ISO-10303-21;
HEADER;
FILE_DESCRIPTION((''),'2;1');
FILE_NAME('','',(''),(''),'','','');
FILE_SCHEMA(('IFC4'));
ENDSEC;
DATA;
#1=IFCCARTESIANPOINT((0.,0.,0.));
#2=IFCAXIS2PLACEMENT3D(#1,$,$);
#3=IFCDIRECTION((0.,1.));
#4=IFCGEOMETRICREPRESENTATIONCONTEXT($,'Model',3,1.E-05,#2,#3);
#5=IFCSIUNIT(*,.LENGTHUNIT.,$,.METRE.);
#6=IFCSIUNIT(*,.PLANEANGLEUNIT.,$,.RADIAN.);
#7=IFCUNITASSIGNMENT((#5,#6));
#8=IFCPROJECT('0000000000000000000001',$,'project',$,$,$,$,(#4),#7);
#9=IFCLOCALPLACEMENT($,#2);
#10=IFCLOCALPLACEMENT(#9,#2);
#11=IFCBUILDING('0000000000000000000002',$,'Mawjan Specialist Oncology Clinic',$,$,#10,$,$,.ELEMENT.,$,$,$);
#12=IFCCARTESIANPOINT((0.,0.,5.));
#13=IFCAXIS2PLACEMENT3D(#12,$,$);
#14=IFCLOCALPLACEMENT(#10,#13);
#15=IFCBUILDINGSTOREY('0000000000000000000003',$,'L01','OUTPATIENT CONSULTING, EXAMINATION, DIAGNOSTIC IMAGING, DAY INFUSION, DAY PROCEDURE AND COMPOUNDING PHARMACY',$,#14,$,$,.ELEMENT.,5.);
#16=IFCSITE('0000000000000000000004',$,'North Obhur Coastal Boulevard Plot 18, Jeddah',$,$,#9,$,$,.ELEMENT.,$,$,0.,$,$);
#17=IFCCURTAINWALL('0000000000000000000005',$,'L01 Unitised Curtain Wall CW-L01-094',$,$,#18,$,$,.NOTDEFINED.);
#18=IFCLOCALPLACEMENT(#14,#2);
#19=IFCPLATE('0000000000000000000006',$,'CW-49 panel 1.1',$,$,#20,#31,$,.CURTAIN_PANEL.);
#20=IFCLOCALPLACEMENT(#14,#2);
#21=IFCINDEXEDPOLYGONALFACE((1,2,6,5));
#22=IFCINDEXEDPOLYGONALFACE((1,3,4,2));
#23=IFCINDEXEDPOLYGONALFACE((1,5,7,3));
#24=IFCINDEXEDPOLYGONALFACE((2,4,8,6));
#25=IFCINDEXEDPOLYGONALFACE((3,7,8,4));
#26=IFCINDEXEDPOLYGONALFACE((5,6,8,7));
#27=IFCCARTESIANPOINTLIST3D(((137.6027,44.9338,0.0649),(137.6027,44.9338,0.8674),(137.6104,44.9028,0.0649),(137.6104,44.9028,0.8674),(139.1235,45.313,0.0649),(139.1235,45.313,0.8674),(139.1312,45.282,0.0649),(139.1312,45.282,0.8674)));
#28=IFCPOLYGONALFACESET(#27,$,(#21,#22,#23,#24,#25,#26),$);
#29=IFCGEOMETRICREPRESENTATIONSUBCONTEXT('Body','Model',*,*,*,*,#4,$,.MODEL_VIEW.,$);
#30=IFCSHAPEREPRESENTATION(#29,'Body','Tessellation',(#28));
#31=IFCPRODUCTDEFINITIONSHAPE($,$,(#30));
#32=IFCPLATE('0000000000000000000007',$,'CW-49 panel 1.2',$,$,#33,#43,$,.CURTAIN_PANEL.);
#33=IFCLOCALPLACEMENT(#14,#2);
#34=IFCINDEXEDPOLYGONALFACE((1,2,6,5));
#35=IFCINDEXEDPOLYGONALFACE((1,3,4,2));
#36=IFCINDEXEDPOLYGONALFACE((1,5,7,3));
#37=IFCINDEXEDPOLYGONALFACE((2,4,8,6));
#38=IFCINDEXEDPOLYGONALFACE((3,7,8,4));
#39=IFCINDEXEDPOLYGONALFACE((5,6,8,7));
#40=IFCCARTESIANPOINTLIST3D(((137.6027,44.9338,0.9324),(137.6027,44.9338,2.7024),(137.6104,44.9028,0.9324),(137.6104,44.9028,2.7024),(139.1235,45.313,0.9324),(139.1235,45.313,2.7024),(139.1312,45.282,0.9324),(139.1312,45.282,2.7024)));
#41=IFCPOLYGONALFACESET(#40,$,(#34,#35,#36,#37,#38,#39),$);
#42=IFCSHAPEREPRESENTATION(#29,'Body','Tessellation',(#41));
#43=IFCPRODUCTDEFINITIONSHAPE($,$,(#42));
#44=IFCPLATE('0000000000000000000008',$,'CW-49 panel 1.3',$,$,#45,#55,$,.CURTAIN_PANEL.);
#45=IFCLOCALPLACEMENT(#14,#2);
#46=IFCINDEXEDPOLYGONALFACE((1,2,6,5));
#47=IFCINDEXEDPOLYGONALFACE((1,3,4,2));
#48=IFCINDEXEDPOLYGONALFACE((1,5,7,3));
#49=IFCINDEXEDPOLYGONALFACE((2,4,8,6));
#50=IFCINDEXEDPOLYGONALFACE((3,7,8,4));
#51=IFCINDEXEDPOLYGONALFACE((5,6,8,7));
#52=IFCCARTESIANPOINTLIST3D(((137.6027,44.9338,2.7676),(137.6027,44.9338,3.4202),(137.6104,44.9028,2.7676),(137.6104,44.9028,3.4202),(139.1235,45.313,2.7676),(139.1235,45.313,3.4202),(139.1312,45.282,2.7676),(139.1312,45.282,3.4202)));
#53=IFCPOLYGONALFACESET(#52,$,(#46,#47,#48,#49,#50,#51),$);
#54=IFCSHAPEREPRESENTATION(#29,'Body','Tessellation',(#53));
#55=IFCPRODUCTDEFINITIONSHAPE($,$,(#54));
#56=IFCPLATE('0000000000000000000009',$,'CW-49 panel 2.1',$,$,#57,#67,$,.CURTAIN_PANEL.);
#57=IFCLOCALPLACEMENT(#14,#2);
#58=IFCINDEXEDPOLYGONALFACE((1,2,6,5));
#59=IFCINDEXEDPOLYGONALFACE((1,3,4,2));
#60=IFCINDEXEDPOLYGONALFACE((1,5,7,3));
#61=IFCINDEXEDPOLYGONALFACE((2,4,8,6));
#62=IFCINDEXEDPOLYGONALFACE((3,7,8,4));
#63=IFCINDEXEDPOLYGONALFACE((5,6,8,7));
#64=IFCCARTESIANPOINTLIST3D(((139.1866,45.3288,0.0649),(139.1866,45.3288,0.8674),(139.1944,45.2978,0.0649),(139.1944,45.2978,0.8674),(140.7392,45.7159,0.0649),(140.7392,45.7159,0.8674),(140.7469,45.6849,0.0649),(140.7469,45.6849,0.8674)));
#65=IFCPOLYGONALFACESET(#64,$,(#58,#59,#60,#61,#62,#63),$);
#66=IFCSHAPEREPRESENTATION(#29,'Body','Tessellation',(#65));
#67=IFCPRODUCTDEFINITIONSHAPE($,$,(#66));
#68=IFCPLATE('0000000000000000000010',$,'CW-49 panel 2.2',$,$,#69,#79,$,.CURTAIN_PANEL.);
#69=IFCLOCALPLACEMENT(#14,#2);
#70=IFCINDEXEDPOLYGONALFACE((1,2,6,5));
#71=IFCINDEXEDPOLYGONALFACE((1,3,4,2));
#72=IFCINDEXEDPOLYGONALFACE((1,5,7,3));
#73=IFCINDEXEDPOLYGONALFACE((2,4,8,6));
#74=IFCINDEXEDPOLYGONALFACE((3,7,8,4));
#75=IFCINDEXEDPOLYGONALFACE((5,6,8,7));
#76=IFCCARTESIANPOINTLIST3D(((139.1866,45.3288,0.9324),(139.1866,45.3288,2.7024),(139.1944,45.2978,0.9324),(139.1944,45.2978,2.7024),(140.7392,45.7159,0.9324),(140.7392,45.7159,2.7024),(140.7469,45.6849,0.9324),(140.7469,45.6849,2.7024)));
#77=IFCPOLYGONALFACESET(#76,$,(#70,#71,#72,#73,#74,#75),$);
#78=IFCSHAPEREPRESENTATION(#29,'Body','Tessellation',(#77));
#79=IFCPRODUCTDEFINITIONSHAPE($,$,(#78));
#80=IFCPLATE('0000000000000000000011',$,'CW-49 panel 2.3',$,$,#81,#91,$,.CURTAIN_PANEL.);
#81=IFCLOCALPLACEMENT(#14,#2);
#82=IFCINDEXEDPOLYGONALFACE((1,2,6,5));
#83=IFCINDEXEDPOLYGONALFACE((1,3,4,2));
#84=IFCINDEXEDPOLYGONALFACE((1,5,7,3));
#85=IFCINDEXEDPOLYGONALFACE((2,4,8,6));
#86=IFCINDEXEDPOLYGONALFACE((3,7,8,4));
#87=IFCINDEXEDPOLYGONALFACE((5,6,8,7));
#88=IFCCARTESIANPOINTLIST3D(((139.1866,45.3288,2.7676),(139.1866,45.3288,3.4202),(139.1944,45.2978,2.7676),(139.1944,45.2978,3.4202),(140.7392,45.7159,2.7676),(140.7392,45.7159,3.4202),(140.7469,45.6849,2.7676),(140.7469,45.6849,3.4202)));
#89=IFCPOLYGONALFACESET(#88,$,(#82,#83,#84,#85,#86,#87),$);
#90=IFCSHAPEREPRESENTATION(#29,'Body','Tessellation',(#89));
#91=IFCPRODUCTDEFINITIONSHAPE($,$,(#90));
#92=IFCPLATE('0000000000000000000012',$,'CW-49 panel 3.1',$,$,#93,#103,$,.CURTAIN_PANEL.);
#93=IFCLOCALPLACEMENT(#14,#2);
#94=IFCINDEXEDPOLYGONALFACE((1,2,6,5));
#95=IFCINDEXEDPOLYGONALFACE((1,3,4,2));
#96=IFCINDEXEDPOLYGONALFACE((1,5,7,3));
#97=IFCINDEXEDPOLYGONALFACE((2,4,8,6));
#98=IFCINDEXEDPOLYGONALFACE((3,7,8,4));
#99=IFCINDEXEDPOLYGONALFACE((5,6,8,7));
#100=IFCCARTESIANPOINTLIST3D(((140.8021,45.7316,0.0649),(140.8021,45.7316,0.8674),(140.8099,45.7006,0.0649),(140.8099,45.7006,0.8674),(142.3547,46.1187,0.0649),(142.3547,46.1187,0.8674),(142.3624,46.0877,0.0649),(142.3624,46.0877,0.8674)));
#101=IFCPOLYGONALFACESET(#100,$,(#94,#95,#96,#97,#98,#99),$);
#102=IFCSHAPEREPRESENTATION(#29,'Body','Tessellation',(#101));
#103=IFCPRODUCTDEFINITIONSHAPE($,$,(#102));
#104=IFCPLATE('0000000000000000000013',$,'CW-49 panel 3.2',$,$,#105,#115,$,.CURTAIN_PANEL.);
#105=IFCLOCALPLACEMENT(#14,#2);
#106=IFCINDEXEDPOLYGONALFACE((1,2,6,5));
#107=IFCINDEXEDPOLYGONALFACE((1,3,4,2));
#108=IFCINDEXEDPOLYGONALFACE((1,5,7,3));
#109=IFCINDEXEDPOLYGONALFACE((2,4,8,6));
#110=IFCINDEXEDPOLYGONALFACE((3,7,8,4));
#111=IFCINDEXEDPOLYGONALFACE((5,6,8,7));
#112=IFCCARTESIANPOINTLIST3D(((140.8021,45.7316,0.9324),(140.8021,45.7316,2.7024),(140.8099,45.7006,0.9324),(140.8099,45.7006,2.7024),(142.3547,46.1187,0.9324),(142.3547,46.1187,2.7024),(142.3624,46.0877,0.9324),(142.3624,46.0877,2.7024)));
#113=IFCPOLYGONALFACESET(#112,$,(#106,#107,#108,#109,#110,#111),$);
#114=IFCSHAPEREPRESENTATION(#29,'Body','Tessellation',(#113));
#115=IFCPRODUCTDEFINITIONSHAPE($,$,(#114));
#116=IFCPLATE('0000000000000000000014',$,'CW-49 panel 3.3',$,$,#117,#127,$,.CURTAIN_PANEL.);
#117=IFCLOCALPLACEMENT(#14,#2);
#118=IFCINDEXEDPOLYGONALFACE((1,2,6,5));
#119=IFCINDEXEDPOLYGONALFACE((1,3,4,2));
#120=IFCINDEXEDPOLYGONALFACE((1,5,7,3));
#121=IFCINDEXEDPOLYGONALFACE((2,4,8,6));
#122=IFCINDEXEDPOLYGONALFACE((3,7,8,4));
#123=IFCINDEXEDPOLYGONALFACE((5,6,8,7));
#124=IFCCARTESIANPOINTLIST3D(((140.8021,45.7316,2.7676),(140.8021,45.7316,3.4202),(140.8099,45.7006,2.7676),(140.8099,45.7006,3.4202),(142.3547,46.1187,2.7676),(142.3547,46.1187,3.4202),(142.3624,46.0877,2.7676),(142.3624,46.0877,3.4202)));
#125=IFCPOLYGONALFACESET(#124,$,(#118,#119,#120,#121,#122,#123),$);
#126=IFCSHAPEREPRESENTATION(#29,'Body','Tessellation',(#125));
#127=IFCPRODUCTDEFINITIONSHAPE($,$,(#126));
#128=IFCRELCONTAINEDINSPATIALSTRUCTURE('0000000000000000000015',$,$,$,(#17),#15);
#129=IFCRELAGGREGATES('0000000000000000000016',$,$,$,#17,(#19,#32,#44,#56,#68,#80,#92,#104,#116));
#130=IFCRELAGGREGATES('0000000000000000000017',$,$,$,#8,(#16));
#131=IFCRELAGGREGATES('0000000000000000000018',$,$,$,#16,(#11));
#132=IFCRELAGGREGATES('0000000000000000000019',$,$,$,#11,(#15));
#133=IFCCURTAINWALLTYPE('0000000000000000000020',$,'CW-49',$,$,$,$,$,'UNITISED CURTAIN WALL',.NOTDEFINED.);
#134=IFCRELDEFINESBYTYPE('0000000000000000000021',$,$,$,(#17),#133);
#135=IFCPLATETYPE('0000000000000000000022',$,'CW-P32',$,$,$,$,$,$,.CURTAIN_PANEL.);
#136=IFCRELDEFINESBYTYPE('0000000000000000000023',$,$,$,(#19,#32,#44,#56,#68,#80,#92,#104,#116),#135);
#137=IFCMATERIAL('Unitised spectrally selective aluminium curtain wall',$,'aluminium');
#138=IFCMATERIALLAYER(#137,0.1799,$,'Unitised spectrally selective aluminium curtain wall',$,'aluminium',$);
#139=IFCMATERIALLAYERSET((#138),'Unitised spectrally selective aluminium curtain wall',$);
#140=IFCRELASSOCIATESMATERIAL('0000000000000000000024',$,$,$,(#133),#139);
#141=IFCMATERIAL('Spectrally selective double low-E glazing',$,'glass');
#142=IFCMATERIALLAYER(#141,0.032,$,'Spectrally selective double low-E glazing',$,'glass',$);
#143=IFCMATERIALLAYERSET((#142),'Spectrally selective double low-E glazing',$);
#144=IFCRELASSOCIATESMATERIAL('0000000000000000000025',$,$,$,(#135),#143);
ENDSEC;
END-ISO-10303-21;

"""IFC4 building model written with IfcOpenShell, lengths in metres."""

from ifc_helpers import new_model, si_unit, direction, frame, origin, origin_2d, place, context, subcontext, project, spatial, rectangle, extrude, material, layer, layer_set, type_object, element, aggregate, save


model = new_model("IFC4")

# Units and contexts
model_context = context("Model", 3, precision=1e-05, world=origin(), true_north=direction((0.0, 1.0)))
body_context = subcontext(model_context, "Body", "Model", "MODEL_VIEW")
ifc_project = project(units=[si_unit("LENGTHUNIT", "METRE"), si_unit("PLANEANGLEUNIT", "RADIAN")], contexts=[model_context])

# Site, building, storey
site_placement = place(None, origin())
site = spatial("IfcSite", under=ifc_project, at=site_placement, Name="North Obhur Coastal Boulevard Plot 18, Jeddah", CompositionType="ELEMENT", RefElevation=0.0)
building_placement = place(site_placement, origin())
building = spatial("IfcBuilding", under=site, at=building_placement, Name="Mawjan Specialist Oncology Clinic", CompositionType="ELEMENT")
storey_placement = place(building_placement, frame((0.0, 0.0, 5.0)))
storey = spatial("IfcBuildingStorey", under=building, at=storey_placement, Name="L01", Description="OUTPATIENT CONSULTING, EXAMINATION, DIAGNOSTIC IMAGING, DAY INFUSION, DAY PROCEDURE AND COMPOUNDING PHARMACY", CompositionType="ELEMENT", Elevation=5.0)

# Curtain wall
ifc_material_1 = material(Name="Unitised spectrally selective aluminium curtain wall", Category="aluminium")
ifc_layer_1 = layer(ifc_material_1, 0.1799, Name="Unitised spectrally selective aluminium curtain wall", Category="aluminium")
ifc_layer_set_1 = layer_set([ifc_layer_1], Name="Unitised spectrally selective aluminium curtain wall")
curtain_wall_type = type_object("IfcCurtainWallType", Name="CW-49", ElementType="UNITISED CURTAIN WALL", PredefinedType="NOTDEFINED", material=ifc_layer_set_1)
curtain_wall_placement = place(storey_placement, origin())
curtain_wall = element("IfcCurtainWall", 1, at=curtain_wall_placement, inside=storey, type_object=curtain_wall_type, Name="L01 Unitised Curtain Wall CW-L01-094", PredefinedType="NOTDEFINED")

# Plates
ifc_material_2 = material(Name="Spectrally selective double low-E glazing", Category="glass")
ifc_layer_2 = layer(ifc_material_2, 0.032, Name="Spectrally selective double low-E glazing", Category="glass")
ifc_layer_set_2 = layer_set([ifc_layer_2], Name="Spectrally selective double low-E glazing")
plate_type = type_object("IfcPlateType", Name="CW-P32", PredefinedType="CURTAIN_PANEL", material=ifc_layer_set_2)
plate_1_placement = place(storey_placement, frame((138.3669, 45.1079, 0.0649), z_axis=(0.0, 0.0, 1.0), x_axis=(0.970296, 0.241922, 0.0)))
plate_1 = element("IfcPlate", 2, at=plate_1_placement, type_object=plate_type, Name="CW-49 panel 1.1", PredefinedType="CURTAIN_PANEL", context=body_context, shape_type="SweptSolid", body=[
    extrude(rectangle(XDim=1.5674, YDim=0.032, at=origin_2d()), origin(), (0.0, 0.0, 1.0), 0.8025),
])
plate_2_placement = place(storey_placement, frame((138.3669, 45.1079, 0.9324), z_axis=(0.0, 0.0, 1.0), x_axis=(0.970296, 0.241922, 0.0)))
plate_2 = element("IfcPlate", 3, at=plate_2_placement, type_object=plate_type, Name="CW-49 panel 1.2", PredefinedType="CURTAIN_PANEL", context=body_context, shape_type="SweptSolid", body=[
    extrude(rectangle(XDim=1.5674, YDim=0.032, at=origin_2d()), origin(), (0.0, 0.0, 1.0), 1.77),
])
plate_3_placement = place(storey_placement, frame((138.3669, 45.1079, 2.7676), z_axis=(0.0, 0.0, 1.0), x_axis=(0.970296, 0.241922, 0.0)))
plate_3 = element("IfcPlate", 4, at=plate_3_placement, type_object=plate_type, Name="CW-49 panel 1.3", PredefinedType="CURTAIN_PANEL", context=body_context, shape_type="SweptSolid", body=[
    extrude(rectangle(XDim=1.5674, YDim=0.032, at=origin_2d()), origin(), (0.0, 0.0, 1.0), 0.6526),
])
plate_4_placement = place(storey_placement, frame((139.9668, 45.5068, 0.0649), z_axis=(0.0, 0.0, 1.0), x_axis=(0.970296, 0.241922, 0.0)))
plate_4 = element("IfcPlate", 5, at=plate_4_placement, type_object=plate_type, Name="CW-49 panel 2.1", PredefinedType="CURTAIN_PANEL", context=body_context, shape_type="SweptSolid", body=[
    extrude(rectangle(XDim=1.6001, YDim=0.032, at=origin_2d()), origin(), (0.0, 0.0, 1.0), 0.8025),
])
plate_5_placement = place(storey_placement, frame((139.9668, 45.5068, 0.9324), z_axis=(0.0, 0.0, 1.0), x_axis=(0.970296, 0.241922, 0.0)))
plate_5 = element("IfcPlate", 6, at=plate_5_placement, type_object=plate_type, Name="CW-49 panel 2.2", PredefinedType="CURTAIN_PANEL", context=body_context, shape_type="SweptSolid", body=[
    extrude(rectangle(XDim=1.6001, YDim=0.032, at=origin_2d()), origin(), (0.0, 0.0, 1.0), 1.77),
])
plate_6_placement = place(storey_placement, frame((139.9668, 45.5068, 2.7676), z_axis=(0.0, 0.0, 1.0), x_axis=(0.970296, 0.241922, 0.0)))
plate_6 = element("IfcPlate", 7, at=plate_6_placement, type_object=plate_type, Name="CW-49 panel 2.3", PredefinedType="CURTAIN_PANEL", context=body_context, shape_type="SweptSolid", body=[
    extrude(rectangle(XDim=1.6001, YDim=0.032, at=origin_2d()), origin(), (0.0, 0.0, 1.0), 0.6526),
])
plate_7_placement = place(storey_placement, frame((141.5823, 45.9097, 0.0649), z_axis=(0.0, 0.0, 1.0), x_axis=(0.970296, 0.241922, 0.0)))
plate_7 = element("IfcPlate", 8, at=plate_7_placement, type_object=plate_type, Name="CW-49 panel 3.1", PredefinedType="CURTAIN_PANEL", context=body_context, shape_type="SweptSolid", body=[
    extrude(rectangle(XDim=1.6001, YDim=0.032, at=origin_2d()), origin(), (0.0, 0.0, 1.0), 0.8025),
])
plate_8_placement = place(storey_placement, frame((141.5823, 45.9097, 0.9324), z_axis=(0.0, 0.0, 1.0), x_axis=(0.970296, 0.241922, 0.0)))
plate_8 = element("IfcPlate", 9, at=plate_8_placement, type_object=plate_type, Name="CW-49 panel 3.2", PredefinedType="CURTAIN_PANEL", context=body_context, shape_type="SweptSolid", body=[
    extrude(rectangle(XDim=1.6001, YDim=0.032, at=origin_2d()), origin(), (0.0, 0.0, 1.0), 1.77),
])
plate_9_placement = place(storey_placement, frame((141.5823, 45.9097, 2.7676), z_axis=(0.0, 0.0, 1.0), x_axis=(0.970296, 0.241922, 0.0)))
plate_9 = element("IfcPlate", 10, at=plate_9_placement, type_object=plate_type, Name="CW-49 panel 3.3", PredefinedType="CURTAIN_PANEL", context=body_context, shape_type="SweptSolid", body=[
    extrude(rectangle(XDim=1.6001, YDim=0.032, at=origin_2d()), origin(), (0.0, 0.0, 1.0), 0.6526),
])
aggregate(curtain_wall, [plate_1, plate_2, plate_3, plate_4, plate_5, plate_6, plate_7, plate_8, plate_9])

save(model, "model.ifc")
